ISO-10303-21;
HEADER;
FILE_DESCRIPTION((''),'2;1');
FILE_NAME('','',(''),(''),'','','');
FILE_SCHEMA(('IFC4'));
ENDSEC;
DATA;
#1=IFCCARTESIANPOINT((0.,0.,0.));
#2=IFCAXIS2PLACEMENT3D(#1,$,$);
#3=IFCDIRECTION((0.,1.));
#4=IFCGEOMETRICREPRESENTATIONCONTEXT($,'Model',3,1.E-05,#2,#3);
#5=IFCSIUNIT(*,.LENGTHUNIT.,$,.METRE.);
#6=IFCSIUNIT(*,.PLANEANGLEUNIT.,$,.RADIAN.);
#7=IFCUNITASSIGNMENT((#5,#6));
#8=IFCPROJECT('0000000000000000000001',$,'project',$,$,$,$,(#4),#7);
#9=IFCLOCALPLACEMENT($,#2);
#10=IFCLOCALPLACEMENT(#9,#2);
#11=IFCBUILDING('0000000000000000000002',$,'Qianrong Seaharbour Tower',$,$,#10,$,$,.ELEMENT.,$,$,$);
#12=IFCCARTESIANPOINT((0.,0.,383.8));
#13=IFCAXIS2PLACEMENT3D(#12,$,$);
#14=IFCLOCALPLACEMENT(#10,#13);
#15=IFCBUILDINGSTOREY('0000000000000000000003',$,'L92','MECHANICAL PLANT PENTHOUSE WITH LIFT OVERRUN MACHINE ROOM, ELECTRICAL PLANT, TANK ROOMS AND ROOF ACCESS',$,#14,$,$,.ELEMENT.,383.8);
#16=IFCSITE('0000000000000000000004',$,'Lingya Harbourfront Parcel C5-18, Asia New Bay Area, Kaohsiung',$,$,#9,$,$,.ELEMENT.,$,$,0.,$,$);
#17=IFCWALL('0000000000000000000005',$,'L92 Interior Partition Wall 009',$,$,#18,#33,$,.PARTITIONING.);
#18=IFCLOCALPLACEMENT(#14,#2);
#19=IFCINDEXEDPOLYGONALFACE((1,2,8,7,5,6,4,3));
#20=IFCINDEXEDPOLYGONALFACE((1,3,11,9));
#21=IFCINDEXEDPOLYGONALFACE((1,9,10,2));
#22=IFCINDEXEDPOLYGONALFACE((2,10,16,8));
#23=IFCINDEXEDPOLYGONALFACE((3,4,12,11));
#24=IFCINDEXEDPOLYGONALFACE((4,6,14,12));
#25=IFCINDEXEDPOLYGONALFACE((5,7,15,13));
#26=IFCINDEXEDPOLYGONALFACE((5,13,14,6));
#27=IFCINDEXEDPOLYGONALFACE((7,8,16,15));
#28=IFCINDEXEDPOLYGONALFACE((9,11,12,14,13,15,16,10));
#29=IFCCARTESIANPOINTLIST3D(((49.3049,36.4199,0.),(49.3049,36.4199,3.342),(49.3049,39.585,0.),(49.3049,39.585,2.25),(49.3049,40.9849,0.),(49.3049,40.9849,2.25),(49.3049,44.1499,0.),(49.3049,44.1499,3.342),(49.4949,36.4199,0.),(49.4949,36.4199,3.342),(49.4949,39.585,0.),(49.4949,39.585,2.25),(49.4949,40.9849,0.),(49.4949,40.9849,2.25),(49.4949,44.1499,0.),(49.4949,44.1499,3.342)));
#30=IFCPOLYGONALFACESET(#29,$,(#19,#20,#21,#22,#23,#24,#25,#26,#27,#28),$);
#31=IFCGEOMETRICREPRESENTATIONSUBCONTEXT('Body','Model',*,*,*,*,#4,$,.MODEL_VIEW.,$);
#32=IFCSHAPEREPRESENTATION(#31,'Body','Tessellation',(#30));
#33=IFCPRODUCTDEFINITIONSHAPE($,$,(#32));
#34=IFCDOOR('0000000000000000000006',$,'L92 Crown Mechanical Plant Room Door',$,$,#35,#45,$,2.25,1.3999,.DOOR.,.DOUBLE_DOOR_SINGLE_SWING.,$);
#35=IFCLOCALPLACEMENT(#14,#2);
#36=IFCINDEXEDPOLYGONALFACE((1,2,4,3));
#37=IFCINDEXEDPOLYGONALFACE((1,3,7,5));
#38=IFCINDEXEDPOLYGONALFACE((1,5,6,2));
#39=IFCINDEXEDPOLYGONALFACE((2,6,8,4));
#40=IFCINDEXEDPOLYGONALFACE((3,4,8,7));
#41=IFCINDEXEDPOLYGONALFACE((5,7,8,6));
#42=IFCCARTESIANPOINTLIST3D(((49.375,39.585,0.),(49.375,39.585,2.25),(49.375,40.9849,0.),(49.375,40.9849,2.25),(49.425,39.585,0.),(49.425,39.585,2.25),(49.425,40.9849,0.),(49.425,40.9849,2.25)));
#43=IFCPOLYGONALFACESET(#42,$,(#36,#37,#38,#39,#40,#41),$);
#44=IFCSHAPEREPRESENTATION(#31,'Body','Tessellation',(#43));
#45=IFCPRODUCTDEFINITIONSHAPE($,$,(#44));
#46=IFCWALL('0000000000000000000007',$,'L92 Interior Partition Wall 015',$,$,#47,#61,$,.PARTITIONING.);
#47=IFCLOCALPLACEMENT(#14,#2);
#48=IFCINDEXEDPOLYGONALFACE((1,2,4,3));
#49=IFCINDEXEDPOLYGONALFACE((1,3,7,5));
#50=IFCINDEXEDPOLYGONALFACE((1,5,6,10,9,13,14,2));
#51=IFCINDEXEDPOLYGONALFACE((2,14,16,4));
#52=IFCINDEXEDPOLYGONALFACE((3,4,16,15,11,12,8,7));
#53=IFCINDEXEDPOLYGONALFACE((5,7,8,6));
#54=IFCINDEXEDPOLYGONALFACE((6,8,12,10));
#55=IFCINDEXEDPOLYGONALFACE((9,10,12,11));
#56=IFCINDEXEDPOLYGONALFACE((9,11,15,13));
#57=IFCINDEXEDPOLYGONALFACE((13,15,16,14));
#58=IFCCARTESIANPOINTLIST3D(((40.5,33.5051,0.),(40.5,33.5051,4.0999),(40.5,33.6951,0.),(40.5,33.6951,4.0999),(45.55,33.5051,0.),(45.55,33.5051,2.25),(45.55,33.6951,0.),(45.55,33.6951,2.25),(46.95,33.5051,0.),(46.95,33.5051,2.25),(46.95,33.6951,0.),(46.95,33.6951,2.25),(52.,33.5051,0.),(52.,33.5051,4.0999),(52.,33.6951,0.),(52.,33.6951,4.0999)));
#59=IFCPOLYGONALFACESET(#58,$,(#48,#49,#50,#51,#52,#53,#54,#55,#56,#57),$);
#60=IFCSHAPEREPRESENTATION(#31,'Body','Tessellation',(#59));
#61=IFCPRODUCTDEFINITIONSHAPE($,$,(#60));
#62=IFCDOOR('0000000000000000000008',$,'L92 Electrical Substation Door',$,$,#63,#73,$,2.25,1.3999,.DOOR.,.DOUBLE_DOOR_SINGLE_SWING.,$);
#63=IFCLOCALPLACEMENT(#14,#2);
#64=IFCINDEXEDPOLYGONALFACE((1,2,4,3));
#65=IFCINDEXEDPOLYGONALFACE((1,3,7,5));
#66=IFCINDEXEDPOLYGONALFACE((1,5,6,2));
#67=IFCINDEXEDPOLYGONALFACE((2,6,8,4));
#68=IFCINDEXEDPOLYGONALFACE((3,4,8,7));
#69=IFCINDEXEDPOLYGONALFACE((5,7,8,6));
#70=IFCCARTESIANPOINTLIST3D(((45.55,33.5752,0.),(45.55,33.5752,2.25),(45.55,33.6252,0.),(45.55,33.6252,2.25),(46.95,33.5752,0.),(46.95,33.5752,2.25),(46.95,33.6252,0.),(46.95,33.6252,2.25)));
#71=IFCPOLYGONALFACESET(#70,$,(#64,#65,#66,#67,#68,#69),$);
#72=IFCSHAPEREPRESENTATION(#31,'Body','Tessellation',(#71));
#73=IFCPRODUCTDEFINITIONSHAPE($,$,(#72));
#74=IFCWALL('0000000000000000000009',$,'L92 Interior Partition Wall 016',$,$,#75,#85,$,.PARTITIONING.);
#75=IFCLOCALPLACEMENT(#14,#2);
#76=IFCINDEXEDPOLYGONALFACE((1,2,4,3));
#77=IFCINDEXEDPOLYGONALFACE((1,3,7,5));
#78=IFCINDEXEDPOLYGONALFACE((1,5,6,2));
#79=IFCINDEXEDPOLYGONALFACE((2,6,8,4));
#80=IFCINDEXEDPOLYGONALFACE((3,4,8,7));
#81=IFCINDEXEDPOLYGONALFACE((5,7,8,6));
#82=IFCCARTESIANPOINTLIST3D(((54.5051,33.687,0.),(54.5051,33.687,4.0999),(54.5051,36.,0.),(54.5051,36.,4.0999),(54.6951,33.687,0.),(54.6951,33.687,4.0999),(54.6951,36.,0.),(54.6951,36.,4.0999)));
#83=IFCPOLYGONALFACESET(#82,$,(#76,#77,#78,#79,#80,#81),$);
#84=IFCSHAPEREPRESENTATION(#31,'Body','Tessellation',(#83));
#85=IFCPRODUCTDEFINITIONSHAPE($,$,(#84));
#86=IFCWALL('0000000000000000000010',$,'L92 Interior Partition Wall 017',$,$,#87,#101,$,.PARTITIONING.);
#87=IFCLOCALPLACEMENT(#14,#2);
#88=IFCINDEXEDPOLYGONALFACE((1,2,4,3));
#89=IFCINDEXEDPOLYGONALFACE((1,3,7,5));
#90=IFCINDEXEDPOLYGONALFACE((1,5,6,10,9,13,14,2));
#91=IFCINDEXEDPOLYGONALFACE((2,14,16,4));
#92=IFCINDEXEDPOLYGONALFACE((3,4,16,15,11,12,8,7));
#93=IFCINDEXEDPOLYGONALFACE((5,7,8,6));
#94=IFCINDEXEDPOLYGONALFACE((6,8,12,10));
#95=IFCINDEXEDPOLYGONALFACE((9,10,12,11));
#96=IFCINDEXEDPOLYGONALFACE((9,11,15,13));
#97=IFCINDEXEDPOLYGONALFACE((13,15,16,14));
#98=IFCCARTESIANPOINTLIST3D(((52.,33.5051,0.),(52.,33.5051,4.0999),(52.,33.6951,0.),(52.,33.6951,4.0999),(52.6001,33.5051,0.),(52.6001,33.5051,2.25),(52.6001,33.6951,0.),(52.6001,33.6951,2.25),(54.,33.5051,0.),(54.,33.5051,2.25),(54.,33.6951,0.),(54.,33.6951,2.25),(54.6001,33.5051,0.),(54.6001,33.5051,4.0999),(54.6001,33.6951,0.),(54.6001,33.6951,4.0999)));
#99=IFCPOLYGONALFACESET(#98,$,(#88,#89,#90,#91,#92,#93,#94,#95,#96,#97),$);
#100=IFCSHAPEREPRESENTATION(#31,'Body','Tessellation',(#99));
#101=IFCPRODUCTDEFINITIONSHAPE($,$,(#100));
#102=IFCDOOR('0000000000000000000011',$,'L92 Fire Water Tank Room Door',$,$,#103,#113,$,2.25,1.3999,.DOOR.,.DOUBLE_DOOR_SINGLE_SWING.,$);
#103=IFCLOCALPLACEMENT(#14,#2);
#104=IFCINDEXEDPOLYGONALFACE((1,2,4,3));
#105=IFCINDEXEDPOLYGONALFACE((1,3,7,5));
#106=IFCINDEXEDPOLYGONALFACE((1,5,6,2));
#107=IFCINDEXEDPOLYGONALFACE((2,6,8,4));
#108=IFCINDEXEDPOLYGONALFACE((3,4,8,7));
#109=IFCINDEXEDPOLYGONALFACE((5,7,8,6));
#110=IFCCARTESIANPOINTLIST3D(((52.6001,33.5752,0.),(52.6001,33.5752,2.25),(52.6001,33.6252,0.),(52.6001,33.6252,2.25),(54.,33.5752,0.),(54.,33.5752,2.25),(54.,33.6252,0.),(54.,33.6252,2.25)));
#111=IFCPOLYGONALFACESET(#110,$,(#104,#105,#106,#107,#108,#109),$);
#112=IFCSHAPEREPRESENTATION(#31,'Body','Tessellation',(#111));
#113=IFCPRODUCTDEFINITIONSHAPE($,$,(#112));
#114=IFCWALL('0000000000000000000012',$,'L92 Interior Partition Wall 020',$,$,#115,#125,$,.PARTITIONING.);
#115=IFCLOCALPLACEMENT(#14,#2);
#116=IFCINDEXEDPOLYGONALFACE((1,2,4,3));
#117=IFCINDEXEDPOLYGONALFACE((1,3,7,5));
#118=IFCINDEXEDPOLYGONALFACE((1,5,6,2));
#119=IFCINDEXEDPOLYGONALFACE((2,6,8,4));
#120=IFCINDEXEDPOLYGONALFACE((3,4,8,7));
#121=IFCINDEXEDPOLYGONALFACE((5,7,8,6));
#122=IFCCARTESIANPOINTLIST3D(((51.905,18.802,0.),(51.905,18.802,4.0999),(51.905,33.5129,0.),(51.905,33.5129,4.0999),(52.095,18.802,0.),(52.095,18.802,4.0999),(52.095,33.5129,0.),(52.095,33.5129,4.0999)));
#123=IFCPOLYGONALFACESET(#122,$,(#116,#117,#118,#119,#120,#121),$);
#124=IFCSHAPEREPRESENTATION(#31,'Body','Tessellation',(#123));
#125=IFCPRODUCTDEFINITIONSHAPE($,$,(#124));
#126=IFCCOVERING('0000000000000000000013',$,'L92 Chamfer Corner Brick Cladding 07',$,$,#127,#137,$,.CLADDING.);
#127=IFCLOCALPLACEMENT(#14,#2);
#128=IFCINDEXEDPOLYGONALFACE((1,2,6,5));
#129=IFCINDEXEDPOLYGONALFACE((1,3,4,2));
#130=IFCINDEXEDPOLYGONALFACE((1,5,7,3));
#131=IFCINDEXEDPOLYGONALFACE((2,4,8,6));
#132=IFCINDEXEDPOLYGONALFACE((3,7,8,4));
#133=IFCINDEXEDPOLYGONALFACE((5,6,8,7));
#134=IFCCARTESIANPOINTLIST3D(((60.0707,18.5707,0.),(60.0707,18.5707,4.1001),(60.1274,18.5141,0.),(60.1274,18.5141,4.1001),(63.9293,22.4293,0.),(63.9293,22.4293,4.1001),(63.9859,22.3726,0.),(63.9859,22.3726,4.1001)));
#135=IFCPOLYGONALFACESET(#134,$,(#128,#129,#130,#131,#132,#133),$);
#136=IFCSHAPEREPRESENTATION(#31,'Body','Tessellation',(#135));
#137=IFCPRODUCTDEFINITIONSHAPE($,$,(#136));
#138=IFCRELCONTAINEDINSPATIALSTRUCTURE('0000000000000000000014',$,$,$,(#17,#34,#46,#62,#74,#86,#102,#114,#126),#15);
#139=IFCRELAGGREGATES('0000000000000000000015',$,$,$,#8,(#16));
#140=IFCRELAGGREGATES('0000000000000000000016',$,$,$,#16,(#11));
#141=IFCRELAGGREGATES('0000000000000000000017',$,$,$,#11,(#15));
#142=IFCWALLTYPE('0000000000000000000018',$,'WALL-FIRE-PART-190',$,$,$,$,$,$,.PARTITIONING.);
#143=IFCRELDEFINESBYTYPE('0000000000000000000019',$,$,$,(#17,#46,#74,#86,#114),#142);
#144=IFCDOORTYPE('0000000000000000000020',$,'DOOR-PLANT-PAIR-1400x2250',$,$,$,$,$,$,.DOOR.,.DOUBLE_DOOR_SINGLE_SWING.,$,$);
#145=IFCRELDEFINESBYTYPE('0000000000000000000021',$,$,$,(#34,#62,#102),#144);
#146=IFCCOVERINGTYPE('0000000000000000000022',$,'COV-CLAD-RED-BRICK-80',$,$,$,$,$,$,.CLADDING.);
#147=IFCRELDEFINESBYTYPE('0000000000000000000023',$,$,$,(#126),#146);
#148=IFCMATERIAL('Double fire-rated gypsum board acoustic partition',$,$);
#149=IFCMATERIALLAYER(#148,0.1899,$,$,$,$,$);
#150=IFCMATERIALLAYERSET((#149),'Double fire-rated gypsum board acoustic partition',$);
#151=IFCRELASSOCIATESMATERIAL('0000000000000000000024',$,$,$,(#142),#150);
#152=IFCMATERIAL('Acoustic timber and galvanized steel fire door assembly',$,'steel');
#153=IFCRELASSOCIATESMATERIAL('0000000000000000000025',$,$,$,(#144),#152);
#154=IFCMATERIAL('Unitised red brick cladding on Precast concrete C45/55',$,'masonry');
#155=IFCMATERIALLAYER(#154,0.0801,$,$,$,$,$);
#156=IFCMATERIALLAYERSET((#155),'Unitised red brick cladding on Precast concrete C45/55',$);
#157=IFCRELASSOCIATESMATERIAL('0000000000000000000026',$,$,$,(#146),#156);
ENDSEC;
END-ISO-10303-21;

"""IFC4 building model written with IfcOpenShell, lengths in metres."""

from ifc_helpers import new_model, si_unit, direction, frame, frame_2d, origin, origin_2d, place, context, subcontext, project, spatial, rectangle, extrude, material, layer, layer_set, type_object, element, fill, save


model = new_model("IFC4")

# Units and contexts
model_context = context("Model", 3, precision=1e-05, world=origin(), true_north=direction((0.0, 1.0)))
body_context = subcontext(model_context, "Body", "Model", "MODEL_VIEW")
ifc_project = project(units=[si_unit("LENGTHUNIT", "METRE"), si_unit("PLANEANGLEUNIT", "RADIAN")], contexts=[model_context])

# Site, building, storey
site_placement = place(None, origin())
site = spatial("IfcSite", under=ifc_project, at=site_placement, Name="Lingya Harbourfront Parcel C5-18, Asia New Bay Area, Kaohsiung", CompositionType="ELEMENT", RefElevation=0.0)
building_placement = place(site_placement, origin())
building = spatial("IfcBuilding", under=site, at=building_placement, Name="Qianrong Seaharbour Tower", CompositionType="ELEMENT")
storey_placement = place(building_placement, frame((0.0, 0.0, 383.8)))
storey = spatial("IfcBuildingStorey", under=building, at=storey_placement, Name="L92", Description="MECHANICAL PLANT PENTHOUSE WITH LIFT OVERRUN MACHINE ROOM, ELECTRICAL PLANT, TANK ROOMS AND ROOF ACCESS", CompositionType="ELEMENT", Elevation=383.8)

# Walls, openings, doors
ifc_material_1 = material(Name="Double fire-rated gypsum board acoustic partition")
ifc_layer_1 = layer(ifc_material_1, 0.1899)
ifc_layer_set_1 = layer_set([ifc_layer_1], Name="Double fire-rated gypsum board acoustic partition")
wall_type_1 = type_object("IfcWallType", Name="WALL-FIRE-PART-190", PredefinedType="PARTITIONING", material=ifc_layer_set_1)
wall_1_placement = place(storey_placement, frame((49.3999, 36.4199, 0.0), z_axis=(0.0, 0.0, 1.0), x_axis=(0.0, 1.0, 0.0)))
wall_1 = element("IfcWall", 1, at=wall_1_placement, inside=storey, type_object=wall_type_1, Name="L92 Interior Partition Wall 009", PredefinedType="PARTITIONING", context=body_context, shape_type="SweptSolid", body=[
    extrude(rectangle(XDim=7.73, YDim=0.1899, at=frame_2d((3.865, 0.0))), origin(), (0.0, 0.0, 1.0), 3.342),
])
opening_1_placement = place(wall_1_placement, frame((3.165, 0.0, 0.0)))
opening_1 = element("IfcOpeningElement", 2, at=opening_1_placement, cuts=wall_1, PredefinedType="OPENING", context=body_context, shape_type="SweptSolid", body=[
    extrude(rectangle(XDim=1.3999, YDim=2.25, at=frame_2d((0.7, 1.125))), frame((0.0, 0.105, 0.0), z_axis=(0.0, -1.0, 0.0), x_axis=(1.0, 0.0, 0.0)), (0.0, 0.0, 1.0), 0.21),
])
ifc_material_2 = material(Name="Acoustic timber and galvanized steel fire door assembly", Category="steel")
door_type = type_object("IfcDoorType", Name="DOOR-PLANT-PAIR-1400x2250", OperationType="DOUBLE_DOOR_SINGLE_SWING", PredefinedType="DOOR", material=ifc_material_2)
door_1_placement = place(opening_1_placement, origin())
door_1 = element("IfcDoor", 3, at=door_1_placement, inside=storey, type_object=door_type, Name="L92 Crown Mechanical Plant Room Door", OperationType="DOUBLE_DOOR_SINGLE_SWING", OverallHeight=2.25, OverallWidth=1.3999, PredefinedType="DOOR", context=body_context, shape_type="SweptSolid", body=[
    extrude(rectangle(XDim=1.3999, YDim=2.25, at=frame_2d((0.7, 1.125))), frame((0.0, 0.0249, 0.0), z_axis=(0.0, -1.0, 0.0), x_axis=(1.0, 0.0, 0.0)), (0.0, 0.0, 1.0), 0.05),
])
fill(opening_1, door_1)
wall_2_placement = place(storey_placement, frame((52.0, 33.6001, 0.0), z_axis=(0.0, 0.0, 1.0), x_axis=(-1.0, 0.0, 0.0)))
wall_2 = element("IfcWall", 4, at=wall_2_placement, inside=storey, type_object=wall_type_1, Name="L92 Interior Partition Wall 015", PredefinedType="PARTITIONING", context=body_context, shape_type="SweptSolid", body=[
    extrude(rectangle(XDim=11.5, YDim=0.1899, at=frame_2d((5.75, 0.0))), origin(), (0.0, 0.0, 1.0), 4.0999),
])
opening_2_placement = place(wall_2_placement, frame((5.05, 0.0, 0.0)))
opening_2 = element("IfcOpeningElement", 5, at=opening_2_placement, cuts=wall_2, PredefinedType="OPENING", context=body_context, shape_type="SweptSolid", body=[
    extrude(rectangle(XDim=1.3999, YDim=2.25, at=frame_2d((0.7, 1.125))), frame((0.0, 0.105, 0.0), z_axis=(0.0, -1.0, 0.0), x_axis=(1.0, 0.0, 0.0)), (0.0, 0.0, 1.0), 0.21),
])
door_2_placement = place(opening_2_placement, origin())
door_2 = element("IfcDoor", 6, at=door_2_placement, inside=storey, type_object=door_type, Name="L92 Electrical Substation Door", OperationType="DOUBLE_DOOR_SINGLE_SWING", OverallHeight=2.25, OverallWidth=1.3999, PredefinedType="DOOR", context=body_context, shape_type="SweptSolid", body=[
    extrude(rectangle(XDim=1.3999, YDim=2.25, at=frame_2d((0.7, 1.125))), frame((0.0, 0.0249, 0.0), z_axis=(0.0, -1.0, 0.0), x_axis=(1.0, 0.0, 0.0)), (0.0, 0.0, 1.0), 0.05),
])
fill(opening_2, door_2)

# Wall
wall_3_placement = place(storey_placement, frame((54.6001, 36.0, 0.0), z_axis=(0.0, 0.0, 1.0), x_axis=(0.0, -1.0, 0.0)))
element("IfcWall", 7, at=wall_3_placement, inside=storey, type_object=wall_type_1, Name="L92 Interior Partition Wall 016", PredefinedType="PARTITIONING", context=body_context, shape_type="SweptSolid", body=[
    extrude(rectangle(XDim=2.313, YDim=0.1899, at=frame_2d((1.1565, 0.0))), origin(), (0.0, 0.0, 1.0), 4.0999),
])

# Wall, opening, door
wall_4_placement = place(storey_placement, frame((54.6001, 33.6001, 0.0), z_axis=(0.0, 0.0, 1.0), x_axis=(-1.0, 0.0, 0.0)))
wall_4 = element("IfcWall", 8, at=wall_4_placement, inside=storey, type_object=wall_type_1, Name="L92 Interior Partition Wall 017", PredefinedType="PARTITIONING", context=body_context, shape_type="SweptSolid", body=[
    extrude(rectangle(XDim=2.6001, YDim=0.1899, at=frame_2d((1.3, 0.0))), origin(), (0.0, 0.0, 1.0), 4.0999),
])
opening_3_placement = place(wall_4_placement, frame((0.6001, 0.0, 0.0)))
opening_3 = element("IfcOpeningElement", 9, at=opening_3_placement, cuts=wall_4, PredefinedType="OPENING", context=body_context, shape_type="SweptSolid", body=[
    extrude(rectangle(XDim=1.3999, YDim=2.25, at=frame_2d((0.7, 1.125))), frame((0.0, 0.105, 0.0), z_axis=(0.0, -1.0, 0.0), x_axis=(1.0, 0.0, 0.0)), (0.0, 0.0, 1.0), 0.21),
])
door_3_placement = place(opening_3_placement, origin())
door_3 = element("IfcDoor", 10, at=door_3_placement, inside=storey, type_object=door_type, Name="L92 Fire Water Tank Room Door", OperationType="DOUBLE_DOOR_SINGLE_SWING", OverallHeight=2.25, OverallWidth=1.3999, PredefinedType="DOOR", context=body_context, shape_type="SweptSolid", body=[
    extrude(rectangle(XDim=1.3999, YDim=2.25, at=frame_2d((0.7, 1.125))), frame((0.0, 0.0249, 0.0), z_axis=(0.0, -1.0, 0.0), x_axis=(1.0, 0.0, 0.0)), (0.0, 0.0, 1.0), 0.05),
])
fill(opening_3, door_3)

# Wall
wall_5_placement = place(storey_placement, frame((52.0, 33.5129, 0.0), z_axis=(0.0, 0.0, 1.0), x_axis=(0.0, -1.0, 0.0)))
element("IfcWall", 11, at=wall_5_placement, inside=storey, type_object=wall_type_1, Name="L92 Interior Partition Wall 020", PredefinedType="PARTITIONING", context=body_context, shape_type="SweptSolid", body=[
    extrude(rectangle(XDim=14.7109, YDim=0.1899, at=frame_2d((7.3555, 0.0))), origin(), (0.0, 0.0, 1.0), 4.0999),
])

# Covering
ifc_material_3 = material(Name="Unitised red brick cladding on Precast concrete C45/55", Category="masonry")
ifc_layer_2 = layer(ifc_material_3, 0.0801)
ifc_layer_set_2 = layer_set([ifc_layer_2], Name="Unitised red brick cladding on Precast concrete C45/55")
covering_type = type_object("IfcCoveringType", Name="COV-CLAD-RED-BRICK-80", PredefinedType="CLADDING", material=ifc_layer_set_2)
covering_placement = place(storey_placement, frame((62.0283, 20.4717, 0.0), z_axis=(0.0, 0.0, 1.0), x_axis=(-0.707107, -0.707107, 0.0)))
element("IfcCovering", 12, at=covering_placement, inside=storey, type_object=covering_type, Name="L92 Chamfer Corner Brick Cladding 07", PredefinedType="CLADDING", context=body_context, shape_type="SweptSolid", body=[
    extrude(rectangle(XDim=5.4568, YDim=0.0801, at=origin_2d()), origin(), (0.0, 0.0, 1.0), 4.1001),
])

save(model, "model.ifc")
